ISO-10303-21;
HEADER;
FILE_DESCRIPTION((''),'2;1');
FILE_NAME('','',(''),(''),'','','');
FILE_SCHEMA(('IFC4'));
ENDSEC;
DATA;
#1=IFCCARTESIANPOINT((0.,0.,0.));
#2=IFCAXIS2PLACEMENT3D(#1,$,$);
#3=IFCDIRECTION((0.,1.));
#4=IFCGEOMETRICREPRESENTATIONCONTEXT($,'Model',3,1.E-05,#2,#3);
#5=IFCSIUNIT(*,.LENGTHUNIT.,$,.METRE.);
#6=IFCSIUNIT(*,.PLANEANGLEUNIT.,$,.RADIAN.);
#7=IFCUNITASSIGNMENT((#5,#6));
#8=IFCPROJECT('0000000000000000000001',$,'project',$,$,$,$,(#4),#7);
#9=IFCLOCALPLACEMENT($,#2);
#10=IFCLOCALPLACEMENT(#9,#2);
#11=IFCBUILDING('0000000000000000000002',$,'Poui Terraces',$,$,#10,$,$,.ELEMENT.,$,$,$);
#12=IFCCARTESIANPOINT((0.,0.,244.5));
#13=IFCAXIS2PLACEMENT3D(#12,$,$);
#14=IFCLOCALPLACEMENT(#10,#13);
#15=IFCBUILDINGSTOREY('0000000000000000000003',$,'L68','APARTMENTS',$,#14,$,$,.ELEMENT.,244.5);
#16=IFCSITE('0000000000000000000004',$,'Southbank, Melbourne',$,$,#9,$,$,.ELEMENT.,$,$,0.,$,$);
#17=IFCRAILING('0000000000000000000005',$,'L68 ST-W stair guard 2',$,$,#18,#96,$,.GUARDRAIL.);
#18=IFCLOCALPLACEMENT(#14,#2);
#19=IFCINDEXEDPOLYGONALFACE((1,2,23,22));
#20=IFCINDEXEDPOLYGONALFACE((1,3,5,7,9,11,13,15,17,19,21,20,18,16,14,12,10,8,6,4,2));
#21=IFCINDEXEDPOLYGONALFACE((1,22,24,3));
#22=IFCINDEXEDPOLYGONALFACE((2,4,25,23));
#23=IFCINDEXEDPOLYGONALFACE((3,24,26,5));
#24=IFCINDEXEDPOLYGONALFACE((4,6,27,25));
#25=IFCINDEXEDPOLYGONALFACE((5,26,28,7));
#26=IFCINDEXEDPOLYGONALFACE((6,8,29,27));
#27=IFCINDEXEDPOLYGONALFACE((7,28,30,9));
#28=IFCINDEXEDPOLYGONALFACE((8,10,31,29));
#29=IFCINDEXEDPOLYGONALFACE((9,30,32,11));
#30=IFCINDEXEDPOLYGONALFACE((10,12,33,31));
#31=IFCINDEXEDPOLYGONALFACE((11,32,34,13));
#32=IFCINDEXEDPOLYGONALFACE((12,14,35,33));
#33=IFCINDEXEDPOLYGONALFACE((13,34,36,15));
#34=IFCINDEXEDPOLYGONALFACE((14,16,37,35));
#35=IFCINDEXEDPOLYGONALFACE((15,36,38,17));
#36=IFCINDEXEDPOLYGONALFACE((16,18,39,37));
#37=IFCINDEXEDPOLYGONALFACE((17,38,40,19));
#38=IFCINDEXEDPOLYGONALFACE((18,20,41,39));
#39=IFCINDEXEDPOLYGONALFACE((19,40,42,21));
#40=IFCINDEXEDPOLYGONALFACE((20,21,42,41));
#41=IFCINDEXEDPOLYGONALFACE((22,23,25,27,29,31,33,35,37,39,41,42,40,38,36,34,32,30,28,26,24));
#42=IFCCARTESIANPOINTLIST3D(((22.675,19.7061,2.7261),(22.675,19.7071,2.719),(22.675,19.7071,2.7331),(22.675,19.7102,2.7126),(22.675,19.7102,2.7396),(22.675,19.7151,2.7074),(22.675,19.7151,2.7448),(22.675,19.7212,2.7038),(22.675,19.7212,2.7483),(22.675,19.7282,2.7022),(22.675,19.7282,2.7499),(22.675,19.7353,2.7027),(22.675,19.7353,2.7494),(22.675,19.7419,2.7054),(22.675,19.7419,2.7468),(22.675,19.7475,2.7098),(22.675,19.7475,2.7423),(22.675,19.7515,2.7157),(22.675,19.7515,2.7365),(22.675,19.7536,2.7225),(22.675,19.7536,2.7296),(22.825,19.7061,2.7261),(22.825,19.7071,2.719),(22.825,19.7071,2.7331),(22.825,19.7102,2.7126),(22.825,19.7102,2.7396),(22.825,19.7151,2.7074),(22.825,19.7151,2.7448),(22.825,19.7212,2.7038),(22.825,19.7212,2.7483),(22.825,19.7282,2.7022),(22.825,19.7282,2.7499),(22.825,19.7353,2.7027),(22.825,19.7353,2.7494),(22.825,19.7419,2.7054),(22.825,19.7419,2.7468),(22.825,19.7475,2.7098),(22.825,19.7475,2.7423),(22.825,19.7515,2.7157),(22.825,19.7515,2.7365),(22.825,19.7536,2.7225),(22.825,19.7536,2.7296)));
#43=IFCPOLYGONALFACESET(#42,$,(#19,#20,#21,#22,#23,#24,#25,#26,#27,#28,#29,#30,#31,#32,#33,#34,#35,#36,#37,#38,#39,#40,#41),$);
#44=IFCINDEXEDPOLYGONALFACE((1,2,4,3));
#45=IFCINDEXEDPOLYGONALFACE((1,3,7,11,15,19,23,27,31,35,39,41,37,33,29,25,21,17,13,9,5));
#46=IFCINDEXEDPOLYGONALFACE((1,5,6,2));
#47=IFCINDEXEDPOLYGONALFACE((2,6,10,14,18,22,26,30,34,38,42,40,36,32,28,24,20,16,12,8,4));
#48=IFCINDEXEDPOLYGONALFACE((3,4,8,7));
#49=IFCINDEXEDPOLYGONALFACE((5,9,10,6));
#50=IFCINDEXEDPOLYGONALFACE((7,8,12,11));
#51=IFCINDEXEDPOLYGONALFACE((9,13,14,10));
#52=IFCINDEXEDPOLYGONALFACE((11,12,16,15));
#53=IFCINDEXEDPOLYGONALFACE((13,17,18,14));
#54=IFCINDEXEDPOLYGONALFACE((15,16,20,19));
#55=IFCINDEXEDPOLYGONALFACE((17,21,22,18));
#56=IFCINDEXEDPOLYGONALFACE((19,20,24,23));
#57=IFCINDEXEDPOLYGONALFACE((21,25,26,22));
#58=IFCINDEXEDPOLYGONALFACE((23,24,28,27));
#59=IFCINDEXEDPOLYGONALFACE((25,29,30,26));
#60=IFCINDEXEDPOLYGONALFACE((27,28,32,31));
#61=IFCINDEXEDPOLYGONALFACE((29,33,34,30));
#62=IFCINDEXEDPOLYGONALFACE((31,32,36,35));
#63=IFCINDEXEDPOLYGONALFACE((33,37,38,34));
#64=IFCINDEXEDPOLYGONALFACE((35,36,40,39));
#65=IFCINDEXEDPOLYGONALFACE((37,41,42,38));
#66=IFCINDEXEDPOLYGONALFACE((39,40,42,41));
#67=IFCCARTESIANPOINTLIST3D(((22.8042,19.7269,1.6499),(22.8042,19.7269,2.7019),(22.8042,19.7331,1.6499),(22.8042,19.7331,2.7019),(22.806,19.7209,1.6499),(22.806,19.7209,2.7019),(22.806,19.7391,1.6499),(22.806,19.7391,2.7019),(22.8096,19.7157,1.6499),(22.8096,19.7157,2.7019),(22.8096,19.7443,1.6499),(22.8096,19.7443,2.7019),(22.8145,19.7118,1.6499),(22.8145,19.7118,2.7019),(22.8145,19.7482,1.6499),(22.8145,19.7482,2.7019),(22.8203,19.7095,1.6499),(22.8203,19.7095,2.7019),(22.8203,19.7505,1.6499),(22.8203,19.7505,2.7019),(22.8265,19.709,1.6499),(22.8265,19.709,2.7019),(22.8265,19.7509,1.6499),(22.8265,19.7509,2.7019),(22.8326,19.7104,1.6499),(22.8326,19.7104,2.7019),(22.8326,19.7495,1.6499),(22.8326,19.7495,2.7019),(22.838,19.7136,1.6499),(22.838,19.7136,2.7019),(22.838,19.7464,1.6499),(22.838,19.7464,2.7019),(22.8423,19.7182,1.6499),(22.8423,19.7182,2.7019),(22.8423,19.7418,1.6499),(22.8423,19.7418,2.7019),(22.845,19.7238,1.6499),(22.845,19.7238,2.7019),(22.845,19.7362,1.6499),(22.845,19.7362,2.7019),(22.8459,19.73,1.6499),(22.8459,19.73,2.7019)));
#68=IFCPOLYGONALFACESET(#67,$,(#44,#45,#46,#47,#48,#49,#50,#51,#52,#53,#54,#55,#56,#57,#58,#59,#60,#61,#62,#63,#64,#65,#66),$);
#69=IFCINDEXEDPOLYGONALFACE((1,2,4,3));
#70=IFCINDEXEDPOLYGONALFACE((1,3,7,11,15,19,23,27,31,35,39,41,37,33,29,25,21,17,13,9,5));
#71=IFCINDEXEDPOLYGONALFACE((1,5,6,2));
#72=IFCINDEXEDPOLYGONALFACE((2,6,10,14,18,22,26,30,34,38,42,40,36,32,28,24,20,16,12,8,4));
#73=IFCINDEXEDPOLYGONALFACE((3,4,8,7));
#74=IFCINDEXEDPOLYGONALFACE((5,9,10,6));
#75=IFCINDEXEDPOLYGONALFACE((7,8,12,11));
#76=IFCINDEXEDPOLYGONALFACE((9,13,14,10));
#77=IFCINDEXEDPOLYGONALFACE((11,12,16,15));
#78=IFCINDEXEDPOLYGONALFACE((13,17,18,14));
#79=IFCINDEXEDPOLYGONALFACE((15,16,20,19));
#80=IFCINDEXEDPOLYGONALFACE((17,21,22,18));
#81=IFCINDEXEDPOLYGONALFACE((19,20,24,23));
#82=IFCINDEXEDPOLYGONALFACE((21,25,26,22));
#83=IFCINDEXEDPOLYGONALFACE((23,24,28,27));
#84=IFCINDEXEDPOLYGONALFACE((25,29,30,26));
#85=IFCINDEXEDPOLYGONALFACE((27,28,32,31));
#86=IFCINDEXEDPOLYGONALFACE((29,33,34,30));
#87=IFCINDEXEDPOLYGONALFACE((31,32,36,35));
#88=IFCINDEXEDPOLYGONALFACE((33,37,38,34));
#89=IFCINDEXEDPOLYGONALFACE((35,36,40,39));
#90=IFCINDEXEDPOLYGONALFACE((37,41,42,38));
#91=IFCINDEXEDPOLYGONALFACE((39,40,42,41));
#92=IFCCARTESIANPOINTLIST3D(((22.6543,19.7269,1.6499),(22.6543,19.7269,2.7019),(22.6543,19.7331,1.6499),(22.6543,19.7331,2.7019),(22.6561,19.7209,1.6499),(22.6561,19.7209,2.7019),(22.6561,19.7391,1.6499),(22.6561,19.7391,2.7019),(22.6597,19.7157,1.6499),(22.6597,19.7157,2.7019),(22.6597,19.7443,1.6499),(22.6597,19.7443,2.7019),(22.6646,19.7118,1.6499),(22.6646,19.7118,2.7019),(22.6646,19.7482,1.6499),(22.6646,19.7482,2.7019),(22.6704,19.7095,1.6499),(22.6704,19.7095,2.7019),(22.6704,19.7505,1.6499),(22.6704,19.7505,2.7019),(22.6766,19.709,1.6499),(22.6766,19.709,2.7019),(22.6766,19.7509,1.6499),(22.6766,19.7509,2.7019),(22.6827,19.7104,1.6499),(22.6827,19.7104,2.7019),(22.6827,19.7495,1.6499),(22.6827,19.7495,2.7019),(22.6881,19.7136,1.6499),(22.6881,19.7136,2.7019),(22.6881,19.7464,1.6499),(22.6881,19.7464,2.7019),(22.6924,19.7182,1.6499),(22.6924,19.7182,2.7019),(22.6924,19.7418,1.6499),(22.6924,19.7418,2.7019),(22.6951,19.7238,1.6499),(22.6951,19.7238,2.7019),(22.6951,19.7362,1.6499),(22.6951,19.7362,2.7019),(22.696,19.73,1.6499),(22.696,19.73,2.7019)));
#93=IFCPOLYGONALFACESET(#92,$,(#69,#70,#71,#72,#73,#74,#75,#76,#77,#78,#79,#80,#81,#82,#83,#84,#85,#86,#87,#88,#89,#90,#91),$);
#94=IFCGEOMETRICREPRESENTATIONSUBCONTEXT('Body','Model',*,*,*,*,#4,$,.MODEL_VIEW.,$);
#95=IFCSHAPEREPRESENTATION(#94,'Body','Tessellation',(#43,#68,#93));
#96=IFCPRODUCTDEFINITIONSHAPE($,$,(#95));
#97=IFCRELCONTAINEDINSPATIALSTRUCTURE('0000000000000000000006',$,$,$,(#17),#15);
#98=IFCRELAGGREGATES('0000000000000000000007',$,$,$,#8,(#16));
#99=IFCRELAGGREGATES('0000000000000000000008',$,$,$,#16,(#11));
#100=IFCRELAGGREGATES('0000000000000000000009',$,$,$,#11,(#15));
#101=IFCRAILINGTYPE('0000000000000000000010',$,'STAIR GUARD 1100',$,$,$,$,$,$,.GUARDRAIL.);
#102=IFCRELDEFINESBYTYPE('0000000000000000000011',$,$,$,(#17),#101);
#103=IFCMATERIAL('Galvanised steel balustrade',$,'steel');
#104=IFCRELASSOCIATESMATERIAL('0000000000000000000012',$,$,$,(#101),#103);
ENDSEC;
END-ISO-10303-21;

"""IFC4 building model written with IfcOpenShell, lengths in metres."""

from ifc_helpers import new_model, si_unit, direction, frame, origin, origin_2d, place, context, subcontext, project, spatial, circle, extrude, material, type_object, element, save


model = new_model("IFC4")

# Units and contexts
model_context = context("Model", 3, precision=1e-05, world=origin(), true_north=direction((0.0, 1.0)))
body_context = subcontext(model_context, "Body", "Model", "MODEL_VIEW")
ifc_project = project(units=[si_unit("LENGTHUNIT", "METRE"), si_unit("PLANEANGLEUNIT", "RADIAN")], contexts=[model_context])

# Site, building, storey
site_placement = place(None, origin())
site = spatial("IfcSite", under=ifc_project, at=site_placement, Name="Southbank, Melbourne", CompositionType="ELEMENT", RefElevation=0.0)
building_placement = place(site_placement, origin())
building = spatial("IfcBuilding", under=site, at=building_placement, Name="Poui Terraces", CompositionType="ELEMENT")
storey_placement = place(building_placement, frame((0.0, 0.0, 244.5)))
storey = spatial("IfcBuildingStorey", under=building, at=storey_placement, Name="L68", Description="APARTMENTS", CompositionType="ELEMENT", Elevation=244.5)

# Railing
ifc_material_1 = material(Name="Galvanised steel balustrade", Category="steel")
railing_type_1 = type_object("IfcRailingType", Name="STAIR GUARD 1100", PredefinedType="GUARDRAIL", material=ifc_material_1)
railing_1_placement = place(storey_placement, frame((22.825, 19.73, 1.6499)))
element("IfcRailing", 1, at=railing_1_placement, inside=storey, type_object=railing_type_1, Name="L68 ST-W stair guard 2", PredefinedType="GUARDRAIL", context=body_context, shape_type="SweptSolid", body=[
    extrude(circle(Radius=0.0239, at=origin_2d()), frame((0.0, 0.0, 1.0762), z_axis=(-1.0, 0.0, 0.0), x_axis=(0.0, -1.0, 0.0)), (0.0, 0.0, 1.0), 0.1499),
    extrude(circle(Radius=0.021, at=origin_2d()), origin(), (0.0, 0.0, 1.0), 1.052),
    extrude(circle(Radius=0.021, at=origin_2d()), frame((-0.1499, 0.0, 0.0)), (0.0, 0.0, 1.0), 1.052),
])

save(model, "model.ifc")
